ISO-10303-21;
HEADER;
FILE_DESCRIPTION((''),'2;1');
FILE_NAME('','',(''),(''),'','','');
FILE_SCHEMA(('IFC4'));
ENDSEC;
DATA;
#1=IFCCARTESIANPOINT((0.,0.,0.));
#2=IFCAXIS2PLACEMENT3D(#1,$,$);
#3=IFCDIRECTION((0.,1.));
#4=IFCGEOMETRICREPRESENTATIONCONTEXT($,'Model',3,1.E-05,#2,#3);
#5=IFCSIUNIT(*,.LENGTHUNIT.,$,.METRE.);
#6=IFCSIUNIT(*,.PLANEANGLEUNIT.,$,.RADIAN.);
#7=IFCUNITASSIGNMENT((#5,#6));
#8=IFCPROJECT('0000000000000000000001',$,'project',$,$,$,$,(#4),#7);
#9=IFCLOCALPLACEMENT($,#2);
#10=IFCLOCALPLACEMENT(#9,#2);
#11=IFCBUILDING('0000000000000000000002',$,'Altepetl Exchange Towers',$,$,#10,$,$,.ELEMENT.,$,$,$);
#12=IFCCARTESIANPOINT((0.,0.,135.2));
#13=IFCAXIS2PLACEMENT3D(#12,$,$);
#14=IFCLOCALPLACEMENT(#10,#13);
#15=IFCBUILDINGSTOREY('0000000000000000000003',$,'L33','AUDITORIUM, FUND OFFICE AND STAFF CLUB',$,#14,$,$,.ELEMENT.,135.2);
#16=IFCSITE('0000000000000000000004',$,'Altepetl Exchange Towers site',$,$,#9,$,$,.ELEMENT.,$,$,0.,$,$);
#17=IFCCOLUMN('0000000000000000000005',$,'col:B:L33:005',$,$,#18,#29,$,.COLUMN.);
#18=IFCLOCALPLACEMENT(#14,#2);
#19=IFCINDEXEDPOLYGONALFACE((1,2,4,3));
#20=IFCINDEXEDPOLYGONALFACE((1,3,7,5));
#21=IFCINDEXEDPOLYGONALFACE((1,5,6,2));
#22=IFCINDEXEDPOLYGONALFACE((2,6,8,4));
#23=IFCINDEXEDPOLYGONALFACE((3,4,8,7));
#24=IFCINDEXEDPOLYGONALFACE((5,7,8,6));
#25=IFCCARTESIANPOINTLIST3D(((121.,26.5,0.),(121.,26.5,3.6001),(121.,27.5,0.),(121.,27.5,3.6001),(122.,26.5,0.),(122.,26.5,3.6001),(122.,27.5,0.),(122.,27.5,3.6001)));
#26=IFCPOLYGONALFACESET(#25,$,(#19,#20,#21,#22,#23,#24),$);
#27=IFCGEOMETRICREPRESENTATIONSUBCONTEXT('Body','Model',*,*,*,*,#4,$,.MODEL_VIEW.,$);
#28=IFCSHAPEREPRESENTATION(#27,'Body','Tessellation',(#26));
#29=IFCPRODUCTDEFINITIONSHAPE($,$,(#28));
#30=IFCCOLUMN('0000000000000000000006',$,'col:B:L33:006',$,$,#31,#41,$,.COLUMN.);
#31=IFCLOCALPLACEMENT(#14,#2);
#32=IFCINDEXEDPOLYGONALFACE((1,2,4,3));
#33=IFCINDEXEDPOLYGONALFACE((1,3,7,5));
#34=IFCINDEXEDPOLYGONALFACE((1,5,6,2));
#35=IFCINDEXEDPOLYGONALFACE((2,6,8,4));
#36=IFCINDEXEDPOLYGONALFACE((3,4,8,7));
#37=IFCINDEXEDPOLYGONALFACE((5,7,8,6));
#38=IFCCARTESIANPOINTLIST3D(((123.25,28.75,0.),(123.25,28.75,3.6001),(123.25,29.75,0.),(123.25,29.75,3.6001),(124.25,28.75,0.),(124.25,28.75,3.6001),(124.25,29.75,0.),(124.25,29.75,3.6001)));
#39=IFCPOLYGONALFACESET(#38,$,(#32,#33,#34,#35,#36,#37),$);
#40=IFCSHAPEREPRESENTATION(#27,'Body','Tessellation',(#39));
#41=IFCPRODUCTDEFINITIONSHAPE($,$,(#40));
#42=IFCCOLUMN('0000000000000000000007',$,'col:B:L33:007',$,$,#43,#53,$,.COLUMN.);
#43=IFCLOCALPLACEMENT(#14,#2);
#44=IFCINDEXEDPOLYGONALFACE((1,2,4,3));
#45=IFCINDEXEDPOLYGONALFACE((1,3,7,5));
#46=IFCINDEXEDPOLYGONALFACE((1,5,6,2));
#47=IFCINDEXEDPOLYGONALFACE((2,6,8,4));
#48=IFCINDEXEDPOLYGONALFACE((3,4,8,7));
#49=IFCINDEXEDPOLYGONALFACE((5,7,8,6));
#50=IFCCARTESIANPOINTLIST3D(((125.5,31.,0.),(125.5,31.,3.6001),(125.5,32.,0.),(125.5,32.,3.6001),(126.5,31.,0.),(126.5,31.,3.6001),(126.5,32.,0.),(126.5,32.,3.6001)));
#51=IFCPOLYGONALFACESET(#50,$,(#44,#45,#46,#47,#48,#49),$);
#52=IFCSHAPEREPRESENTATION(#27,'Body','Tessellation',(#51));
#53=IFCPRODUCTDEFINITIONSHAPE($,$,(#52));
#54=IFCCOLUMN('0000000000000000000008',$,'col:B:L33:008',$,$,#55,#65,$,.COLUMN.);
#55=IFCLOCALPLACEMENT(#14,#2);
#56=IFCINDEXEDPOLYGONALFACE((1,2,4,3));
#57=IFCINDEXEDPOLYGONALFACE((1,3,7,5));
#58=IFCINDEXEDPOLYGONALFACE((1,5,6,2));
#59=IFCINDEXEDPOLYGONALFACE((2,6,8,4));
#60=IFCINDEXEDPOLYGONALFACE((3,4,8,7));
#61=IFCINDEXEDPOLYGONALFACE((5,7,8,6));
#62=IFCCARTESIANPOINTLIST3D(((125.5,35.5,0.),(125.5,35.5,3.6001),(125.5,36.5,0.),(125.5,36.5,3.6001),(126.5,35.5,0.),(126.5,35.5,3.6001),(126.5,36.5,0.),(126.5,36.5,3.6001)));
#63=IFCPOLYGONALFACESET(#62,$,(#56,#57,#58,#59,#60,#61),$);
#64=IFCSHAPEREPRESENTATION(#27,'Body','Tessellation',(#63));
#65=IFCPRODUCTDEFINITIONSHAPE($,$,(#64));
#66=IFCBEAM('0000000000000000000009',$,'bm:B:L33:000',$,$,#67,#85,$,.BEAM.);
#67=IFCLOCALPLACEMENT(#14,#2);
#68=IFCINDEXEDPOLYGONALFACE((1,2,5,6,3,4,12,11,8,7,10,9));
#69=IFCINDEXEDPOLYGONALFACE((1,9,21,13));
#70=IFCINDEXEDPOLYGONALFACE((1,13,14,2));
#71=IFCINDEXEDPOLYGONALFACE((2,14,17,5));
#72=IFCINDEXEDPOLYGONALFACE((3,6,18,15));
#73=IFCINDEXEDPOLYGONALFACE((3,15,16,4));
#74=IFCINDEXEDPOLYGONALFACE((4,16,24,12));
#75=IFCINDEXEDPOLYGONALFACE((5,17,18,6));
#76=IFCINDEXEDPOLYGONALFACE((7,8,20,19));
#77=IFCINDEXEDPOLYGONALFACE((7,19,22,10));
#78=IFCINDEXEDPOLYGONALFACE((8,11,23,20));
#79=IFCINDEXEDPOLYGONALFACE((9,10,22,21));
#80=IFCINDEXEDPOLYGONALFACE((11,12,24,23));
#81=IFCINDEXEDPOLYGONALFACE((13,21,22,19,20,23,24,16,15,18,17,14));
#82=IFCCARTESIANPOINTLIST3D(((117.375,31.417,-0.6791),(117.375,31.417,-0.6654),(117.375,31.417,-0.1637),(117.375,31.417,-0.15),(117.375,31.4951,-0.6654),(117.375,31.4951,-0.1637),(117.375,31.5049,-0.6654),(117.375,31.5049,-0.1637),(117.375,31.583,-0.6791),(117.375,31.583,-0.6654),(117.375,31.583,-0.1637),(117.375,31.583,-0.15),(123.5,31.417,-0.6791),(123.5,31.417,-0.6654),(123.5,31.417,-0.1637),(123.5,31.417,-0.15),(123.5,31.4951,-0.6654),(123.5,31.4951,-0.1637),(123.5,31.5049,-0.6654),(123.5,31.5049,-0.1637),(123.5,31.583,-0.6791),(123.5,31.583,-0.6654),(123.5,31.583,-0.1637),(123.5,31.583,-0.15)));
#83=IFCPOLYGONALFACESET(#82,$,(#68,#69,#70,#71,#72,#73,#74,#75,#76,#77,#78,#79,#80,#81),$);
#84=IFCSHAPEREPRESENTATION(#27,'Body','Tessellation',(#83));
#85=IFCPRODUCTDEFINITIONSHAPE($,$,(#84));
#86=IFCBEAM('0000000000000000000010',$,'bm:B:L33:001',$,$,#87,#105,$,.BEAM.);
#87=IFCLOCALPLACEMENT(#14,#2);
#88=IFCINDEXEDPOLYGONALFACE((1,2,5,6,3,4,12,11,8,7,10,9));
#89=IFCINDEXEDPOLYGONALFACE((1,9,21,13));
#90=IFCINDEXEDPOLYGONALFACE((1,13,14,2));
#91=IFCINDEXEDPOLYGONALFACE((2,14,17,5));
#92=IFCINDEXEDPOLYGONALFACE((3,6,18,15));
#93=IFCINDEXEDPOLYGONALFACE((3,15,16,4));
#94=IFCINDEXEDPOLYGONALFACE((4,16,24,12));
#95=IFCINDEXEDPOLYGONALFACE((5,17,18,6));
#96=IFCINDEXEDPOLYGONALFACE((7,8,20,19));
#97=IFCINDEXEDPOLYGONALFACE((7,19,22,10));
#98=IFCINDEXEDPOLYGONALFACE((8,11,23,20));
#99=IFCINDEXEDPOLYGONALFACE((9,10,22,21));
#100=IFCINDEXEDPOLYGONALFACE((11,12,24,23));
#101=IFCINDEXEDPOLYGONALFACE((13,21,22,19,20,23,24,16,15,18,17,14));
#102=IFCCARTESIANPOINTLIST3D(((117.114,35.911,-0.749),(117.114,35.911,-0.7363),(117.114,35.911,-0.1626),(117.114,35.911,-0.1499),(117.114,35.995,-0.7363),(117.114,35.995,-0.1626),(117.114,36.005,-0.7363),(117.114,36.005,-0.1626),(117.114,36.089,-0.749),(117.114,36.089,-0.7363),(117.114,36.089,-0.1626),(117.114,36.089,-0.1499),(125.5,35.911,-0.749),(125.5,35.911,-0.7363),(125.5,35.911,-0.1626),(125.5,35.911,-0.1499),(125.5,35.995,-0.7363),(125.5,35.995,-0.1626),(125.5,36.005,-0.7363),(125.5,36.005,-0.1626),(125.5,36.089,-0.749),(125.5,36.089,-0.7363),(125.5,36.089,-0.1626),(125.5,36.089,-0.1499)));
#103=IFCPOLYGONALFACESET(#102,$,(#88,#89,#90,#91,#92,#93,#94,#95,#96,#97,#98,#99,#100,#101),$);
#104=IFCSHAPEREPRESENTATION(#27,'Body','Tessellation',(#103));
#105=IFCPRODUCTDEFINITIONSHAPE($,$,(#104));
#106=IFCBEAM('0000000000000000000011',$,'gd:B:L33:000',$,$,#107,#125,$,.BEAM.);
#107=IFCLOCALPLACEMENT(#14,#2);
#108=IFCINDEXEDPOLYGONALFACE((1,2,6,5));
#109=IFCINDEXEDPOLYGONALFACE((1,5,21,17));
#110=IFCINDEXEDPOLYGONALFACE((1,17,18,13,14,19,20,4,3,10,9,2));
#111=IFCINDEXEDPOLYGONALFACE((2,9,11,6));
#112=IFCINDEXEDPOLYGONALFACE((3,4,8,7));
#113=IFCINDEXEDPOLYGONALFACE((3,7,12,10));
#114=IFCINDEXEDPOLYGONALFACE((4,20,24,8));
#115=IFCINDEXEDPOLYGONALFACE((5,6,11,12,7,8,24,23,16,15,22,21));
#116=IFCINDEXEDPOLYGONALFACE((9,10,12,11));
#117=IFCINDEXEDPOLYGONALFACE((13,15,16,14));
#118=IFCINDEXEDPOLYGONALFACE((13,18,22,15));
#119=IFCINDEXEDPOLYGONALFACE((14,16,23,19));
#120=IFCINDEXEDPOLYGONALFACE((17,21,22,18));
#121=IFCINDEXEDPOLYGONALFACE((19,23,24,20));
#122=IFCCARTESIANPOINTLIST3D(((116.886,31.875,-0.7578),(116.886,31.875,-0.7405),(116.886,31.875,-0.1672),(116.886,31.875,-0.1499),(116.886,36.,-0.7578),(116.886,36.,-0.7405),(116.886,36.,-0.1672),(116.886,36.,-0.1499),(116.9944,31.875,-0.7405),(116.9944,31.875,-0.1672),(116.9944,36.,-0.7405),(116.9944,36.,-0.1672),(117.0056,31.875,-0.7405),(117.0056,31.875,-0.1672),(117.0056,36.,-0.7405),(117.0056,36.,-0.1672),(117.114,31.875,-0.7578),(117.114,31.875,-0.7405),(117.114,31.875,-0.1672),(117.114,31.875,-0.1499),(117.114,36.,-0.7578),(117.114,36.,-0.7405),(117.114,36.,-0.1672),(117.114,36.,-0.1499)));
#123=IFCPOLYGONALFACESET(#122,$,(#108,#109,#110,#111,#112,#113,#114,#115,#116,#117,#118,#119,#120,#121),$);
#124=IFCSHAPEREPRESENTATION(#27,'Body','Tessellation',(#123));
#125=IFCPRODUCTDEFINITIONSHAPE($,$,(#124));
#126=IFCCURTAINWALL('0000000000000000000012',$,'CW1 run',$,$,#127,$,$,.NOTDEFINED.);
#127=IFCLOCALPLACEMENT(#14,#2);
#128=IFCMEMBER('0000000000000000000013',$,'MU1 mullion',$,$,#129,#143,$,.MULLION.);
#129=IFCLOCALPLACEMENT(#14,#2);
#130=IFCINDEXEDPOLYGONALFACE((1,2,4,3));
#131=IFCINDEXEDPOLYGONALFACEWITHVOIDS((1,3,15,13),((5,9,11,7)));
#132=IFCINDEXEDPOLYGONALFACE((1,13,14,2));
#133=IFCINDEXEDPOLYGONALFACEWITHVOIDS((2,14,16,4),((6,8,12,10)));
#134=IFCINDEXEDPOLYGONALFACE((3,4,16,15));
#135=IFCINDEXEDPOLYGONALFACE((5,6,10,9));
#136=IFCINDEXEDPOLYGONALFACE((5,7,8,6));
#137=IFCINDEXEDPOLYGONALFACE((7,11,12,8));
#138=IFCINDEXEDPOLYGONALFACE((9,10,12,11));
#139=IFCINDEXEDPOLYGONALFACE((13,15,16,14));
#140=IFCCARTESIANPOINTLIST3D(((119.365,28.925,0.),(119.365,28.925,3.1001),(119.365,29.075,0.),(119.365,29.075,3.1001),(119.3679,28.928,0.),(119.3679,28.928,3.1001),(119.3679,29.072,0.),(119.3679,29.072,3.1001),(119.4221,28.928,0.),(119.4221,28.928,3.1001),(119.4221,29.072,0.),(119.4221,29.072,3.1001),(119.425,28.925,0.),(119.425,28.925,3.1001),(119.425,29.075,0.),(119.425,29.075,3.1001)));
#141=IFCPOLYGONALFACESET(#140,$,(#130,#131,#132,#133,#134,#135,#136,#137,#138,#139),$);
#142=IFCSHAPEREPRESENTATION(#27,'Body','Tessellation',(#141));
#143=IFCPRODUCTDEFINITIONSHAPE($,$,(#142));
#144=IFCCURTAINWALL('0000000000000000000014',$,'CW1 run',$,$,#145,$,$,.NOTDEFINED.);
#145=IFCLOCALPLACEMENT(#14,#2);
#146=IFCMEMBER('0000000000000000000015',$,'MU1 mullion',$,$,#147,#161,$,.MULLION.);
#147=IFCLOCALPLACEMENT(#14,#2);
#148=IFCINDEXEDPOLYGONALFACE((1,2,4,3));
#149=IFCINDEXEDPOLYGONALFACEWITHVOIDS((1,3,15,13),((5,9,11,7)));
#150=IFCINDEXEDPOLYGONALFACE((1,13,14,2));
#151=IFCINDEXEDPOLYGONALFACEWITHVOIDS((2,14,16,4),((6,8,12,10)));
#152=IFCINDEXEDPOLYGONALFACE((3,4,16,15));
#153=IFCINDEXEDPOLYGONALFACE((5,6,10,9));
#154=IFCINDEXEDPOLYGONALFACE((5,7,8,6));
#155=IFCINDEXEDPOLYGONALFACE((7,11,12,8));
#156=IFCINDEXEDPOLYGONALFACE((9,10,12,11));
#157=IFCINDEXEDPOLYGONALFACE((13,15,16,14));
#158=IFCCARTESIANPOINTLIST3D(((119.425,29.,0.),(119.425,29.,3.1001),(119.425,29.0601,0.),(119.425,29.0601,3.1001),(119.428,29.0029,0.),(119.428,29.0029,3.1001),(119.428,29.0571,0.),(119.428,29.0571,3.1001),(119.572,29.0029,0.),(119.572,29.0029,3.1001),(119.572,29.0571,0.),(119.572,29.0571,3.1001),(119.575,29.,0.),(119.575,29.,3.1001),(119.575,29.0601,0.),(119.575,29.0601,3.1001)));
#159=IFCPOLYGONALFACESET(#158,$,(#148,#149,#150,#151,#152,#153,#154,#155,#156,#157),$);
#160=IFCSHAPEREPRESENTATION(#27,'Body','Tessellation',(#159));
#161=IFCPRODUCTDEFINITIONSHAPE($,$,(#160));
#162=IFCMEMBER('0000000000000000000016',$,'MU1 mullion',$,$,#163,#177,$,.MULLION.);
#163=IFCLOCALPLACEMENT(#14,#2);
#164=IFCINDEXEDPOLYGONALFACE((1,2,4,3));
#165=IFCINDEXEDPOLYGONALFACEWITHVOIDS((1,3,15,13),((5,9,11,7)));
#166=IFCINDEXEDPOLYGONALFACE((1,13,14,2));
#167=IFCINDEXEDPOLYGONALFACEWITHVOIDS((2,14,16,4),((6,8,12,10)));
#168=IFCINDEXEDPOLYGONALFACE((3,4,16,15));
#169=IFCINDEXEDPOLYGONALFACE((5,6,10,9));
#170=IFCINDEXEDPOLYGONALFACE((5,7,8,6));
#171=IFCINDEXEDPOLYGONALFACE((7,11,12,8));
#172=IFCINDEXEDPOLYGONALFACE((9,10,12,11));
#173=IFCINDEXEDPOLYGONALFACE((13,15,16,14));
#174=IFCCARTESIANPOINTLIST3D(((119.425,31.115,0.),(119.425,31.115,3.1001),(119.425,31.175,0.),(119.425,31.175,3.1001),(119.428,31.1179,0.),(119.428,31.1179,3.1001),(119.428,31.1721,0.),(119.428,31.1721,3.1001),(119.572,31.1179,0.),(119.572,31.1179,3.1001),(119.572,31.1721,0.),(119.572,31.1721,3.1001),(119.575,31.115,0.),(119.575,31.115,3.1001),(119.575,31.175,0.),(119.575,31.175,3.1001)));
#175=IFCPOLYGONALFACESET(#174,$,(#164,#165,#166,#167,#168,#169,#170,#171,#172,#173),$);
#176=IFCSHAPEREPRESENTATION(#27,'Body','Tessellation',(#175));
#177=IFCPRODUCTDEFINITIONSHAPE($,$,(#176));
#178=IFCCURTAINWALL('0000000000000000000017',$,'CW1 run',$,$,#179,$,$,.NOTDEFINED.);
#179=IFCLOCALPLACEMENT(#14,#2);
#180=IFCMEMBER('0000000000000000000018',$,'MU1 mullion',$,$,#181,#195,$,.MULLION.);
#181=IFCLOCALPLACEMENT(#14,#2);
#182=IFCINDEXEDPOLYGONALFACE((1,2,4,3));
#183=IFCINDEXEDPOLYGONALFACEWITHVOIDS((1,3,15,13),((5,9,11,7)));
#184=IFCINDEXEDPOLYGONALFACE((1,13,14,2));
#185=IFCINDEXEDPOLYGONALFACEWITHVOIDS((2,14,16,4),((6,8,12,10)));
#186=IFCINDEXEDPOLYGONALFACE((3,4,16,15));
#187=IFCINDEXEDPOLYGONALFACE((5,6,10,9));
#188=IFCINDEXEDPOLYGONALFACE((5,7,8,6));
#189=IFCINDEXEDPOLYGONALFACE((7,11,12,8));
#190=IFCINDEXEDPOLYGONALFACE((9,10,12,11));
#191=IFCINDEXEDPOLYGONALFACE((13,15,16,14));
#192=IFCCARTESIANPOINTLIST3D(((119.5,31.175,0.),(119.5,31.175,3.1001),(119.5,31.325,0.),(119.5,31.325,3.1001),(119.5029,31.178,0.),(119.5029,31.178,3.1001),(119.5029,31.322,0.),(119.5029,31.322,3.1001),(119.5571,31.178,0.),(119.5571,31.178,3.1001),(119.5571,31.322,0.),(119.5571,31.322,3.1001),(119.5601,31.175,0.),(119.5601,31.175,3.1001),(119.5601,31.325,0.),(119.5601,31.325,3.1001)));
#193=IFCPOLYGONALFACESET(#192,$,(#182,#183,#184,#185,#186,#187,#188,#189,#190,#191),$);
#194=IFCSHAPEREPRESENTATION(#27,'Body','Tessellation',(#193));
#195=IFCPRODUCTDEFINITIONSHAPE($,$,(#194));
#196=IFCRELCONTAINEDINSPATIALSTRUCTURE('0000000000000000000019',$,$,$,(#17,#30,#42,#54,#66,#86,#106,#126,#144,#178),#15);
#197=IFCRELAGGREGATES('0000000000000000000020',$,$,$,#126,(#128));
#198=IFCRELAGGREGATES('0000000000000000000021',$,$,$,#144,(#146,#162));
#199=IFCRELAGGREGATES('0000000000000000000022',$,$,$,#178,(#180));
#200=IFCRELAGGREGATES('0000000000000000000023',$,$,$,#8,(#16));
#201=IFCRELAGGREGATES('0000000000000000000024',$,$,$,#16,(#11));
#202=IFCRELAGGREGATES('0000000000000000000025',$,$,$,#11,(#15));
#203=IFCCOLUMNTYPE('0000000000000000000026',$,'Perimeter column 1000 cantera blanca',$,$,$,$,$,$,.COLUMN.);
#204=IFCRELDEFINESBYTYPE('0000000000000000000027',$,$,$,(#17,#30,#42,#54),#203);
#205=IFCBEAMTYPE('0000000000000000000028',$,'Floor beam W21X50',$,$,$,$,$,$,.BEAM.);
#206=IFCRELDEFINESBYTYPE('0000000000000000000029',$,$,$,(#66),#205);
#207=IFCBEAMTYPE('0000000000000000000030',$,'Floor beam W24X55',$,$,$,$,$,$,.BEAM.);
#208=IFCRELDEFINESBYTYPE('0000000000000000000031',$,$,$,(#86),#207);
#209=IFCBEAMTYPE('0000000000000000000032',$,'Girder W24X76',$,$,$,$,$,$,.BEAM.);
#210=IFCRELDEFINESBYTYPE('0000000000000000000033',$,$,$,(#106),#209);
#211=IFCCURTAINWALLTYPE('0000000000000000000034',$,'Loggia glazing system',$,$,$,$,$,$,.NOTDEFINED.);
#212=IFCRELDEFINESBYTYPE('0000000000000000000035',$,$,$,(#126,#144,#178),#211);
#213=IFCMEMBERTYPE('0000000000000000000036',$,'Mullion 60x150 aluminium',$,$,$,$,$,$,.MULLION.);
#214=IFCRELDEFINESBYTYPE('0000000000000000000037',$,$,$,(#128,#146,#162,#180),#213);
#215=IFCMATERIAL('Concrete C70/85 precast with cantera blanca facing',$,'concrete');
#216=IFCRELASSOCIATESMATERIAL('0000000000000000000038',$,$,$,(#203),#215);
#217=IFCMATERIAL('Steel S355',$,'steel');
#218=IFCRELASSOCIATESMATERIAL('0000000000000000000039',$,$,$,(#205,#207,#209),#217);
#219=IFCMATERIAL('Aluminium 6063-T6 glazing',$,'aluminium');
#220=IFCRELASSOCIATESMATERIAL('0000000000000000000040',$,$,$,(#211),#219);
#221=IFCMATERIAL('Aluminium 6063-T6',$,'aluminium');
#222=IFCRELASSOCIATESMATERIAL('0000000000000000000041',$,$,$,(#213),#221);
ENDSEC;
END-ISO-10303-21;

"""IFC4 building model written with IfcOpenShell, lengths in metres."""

from ifc_helpers import new_model, si_unit, direction, frame, origin, origin_2d, place, context, subcontext, project, spatial, rectangle, hollow_rectangle, i_section, extrude, material, material_profile, profile_set, type_object, element, aggregate, save


model = new_model("IFC4")

# Units and contexts
model_context = context("Model", 3, precision=1e-05, world=origin(), true_north=direction((0.0, 1.0)))
body_context = subcontext(model_context, "Body", "Model", "MODEL_VIEW")
ifc_project = project(units=[si_unit("LENGTHUNIT", "METRE"), si_unit("PLANEANGLEUNIT", "RADIAN")], contexts=[model_context])

# Site, building, storey
site_placement = place(None, origin())
site = spatial("IfcSite", under=ifc_project, at=site_placement, Name="Altepetl Exchange Towers site", CompositionType="ELEMENT", RefElevation=0.0)
building_placement = place(site_placement, origin())
building = spatial("IfcBuilding", under=site, at=building_placement, Name="Altepetl Exchange Towers", CompositionType="ELEMENT")
storey_placement = place(building_placement, frame((0.0, 0.0, 135.2)))
storey = spatial("IfcBuildingStorey", under=building, at=storey_placement, Name="L33", Description="AUDITORIUM, FUND OFFICE AND STAFF CLUB", CompositionType="ELEMENT", Elevation=135.2)

# Columns
ifc_material_1 = material(Name="Concrete C70/85 precast with cantera blanca facing", Category="concrete")
ifc_material_profile_1 = material_profile(ifc_material_1, rectangle(XDim=1.0, YDim=1.0, at=origin_2d()), Name="1000 x 1000")
ifc_profile_set_1 = profile_set([ifc_material_profile_1], Name="Concrete C70/85 precast with cantera blanca facing")
column_type = type_object("IfcColumnType", Name="Perimeter column 1000 cantera blanca", PredefinedType="COLUMN", material=ifc_profile_set_1)
for number, where, name in (
    (1, (121.5, 27.0, 0.0), "col:B:L33:005"),
    (2, (123.75, 29.25, 0.0), "col:B:L33:006"),
    (3, (126.0, 31.5, 0.0), "col:B:L33:007"),
    (4, (126.0, 36.0, 0.0), "col:B:L33:008"),
):
    element("IfcColumn", number, at=place(storey_placement, frame(where)), inside=storey, type_object=column_type, Name=name, PredefinedType="COLUMN", context=body_context, shape_type="SweptSolid", body=[
        extrude(rectangle(XDim=1.0, YDim=1.0, at=origin_2d()), origin(), (0.0, 0.0, 1.0), 3.6001),
    ])

# Beams
ifc_material_2 = material(Name="Steel S355", Category="steel")
ifc_material_profile_2 = material_profile(ifc_material_2, i_section(OverallWidth=0.166, OverallDepth=0.5291, WebThickness=0.0098, FlangeThickness=0.0137, at=origin_2d()), Name="W21X50")
ifc_profile_set_2 = profile_set([ifc_material_profile_2], Name="Steel S355")
beam_type_1 = type_object("IfcBeamType", Name="Floor beam W21X50", PredefinedType="BEAM", material=ifc_profile_set_2)
beam_1_placement = place(storey_placement, frame((117.375, 31.5, -0.4146), z_axis=(1.0, 0.0, 0.0), x_axis=(0.0, 1.0, 0.0)))
element("IfcBeam", 5, at=beam_1_placement, inside=storey, type_object=beam_type_1, Name="bm:B:L33:000", PredefinedType="BEAM", context=body_context, shape_type="SweptSolid", body=[
    extrude(i_section(OverallWidth=0.166, OverallDepth=0.5291, WebThickness=0.0098, FlangeThickness=0.0137, at=origin_2d()), origin(), (0.0, 0.0, 1.0), 6.125),
])
ifc_material_profile_3 = material_profile(ifc_material_2, i_section(OverallWidth=0.178, OverallDepth=0.5991, WebThickness=0.01, FlangeThickness=0.0127, at=origin_2d()), Name="W24X55")
ifc_profile_set_3 = profile_set([ifc_material_profile_3], Name="Steel S355")
beam_type_2 = type_object("IfcBeamType", Name="Floor beam W24X55", PredefinedType="BEAM", material=ifc_profile_set_3)
beam_2_placement = place(storey_placement, frame((117.114, 36.0, -0.4495), z_axis=(1.0, 0.0, 0.0), x_axis=(0.0, 1.0, 0.0)))
element("IfcBeam", 6, at=beam_2_placement, inside=storey, type_object=beam_type_2, Name="bm:B:L33:001", PredefinedType="BEAM", context=body_context, shape_type="SweptSolid", body=[
    extrude(i_section(OverallWidth=0.178, OverallDepth=0.5991, WebThickness=0.01, FlangeThickness=0.0127, at=origin_2d()), origin(), (0.0, 0.0, 1.0), 8.386),
])
ifc_material_profile_4 = material_profile(ifc_material_2, i_section(OverallWidth=0.228, OverallDepth=0.6079, WebThickness=0.0112, FlangeThickness=0.0173, at=origin_2d()), Name="W24X76")
ifc_profile_set_4 = profile_set([ifc_material_profile_4], Name="Steel S355")
beam_type_3 = type_object("IfcBeamType", Name="Girder W24X76", PredefinedType="BEAM", material=ifc_profile_set_4)
beam_3_placement = place(storey_placement, frame((117.0, 36.0, -0.4539), z_axis=(0.0, -1.0, 0.0), x_axis=(1.0, 0.0, 0.0)))
element("IfcBeam", 7, at=beam_3_placement, inside=storey, type_object=beam_type_3, Name="gd:B:L33:000", PredefinedType="BEAM", context=body_context, shape_type="SweptSolid", body=[
    extrude(i_section(OverallWidth=0.228, OverallDepth=0.6079, WebThickness=0.0112, FlangeThickness=0.0173, at=origin_2d()), origin(), (0.0, 0.0, 1.0), 4.125),
])

# Curtain wall, member
ifc_material_3 = material(Name="Aluminium 6063-T6 glazing", Category="aluminium")
curtain_wall_type = type_object("IfcCurtainWallType", Name="Loggia glazing system", PredefinedType="NOTDEFINED", material=ifc_material_3)
curtain_wall_1_placement = place(storey_placement, origin())
curtain_wall_1 = element("IfcCurtainWall", 8, at=curtain_wall_1_placement, inside=storey, type_object=curtain_wall_type, Name="CW1 run", PredefinedType="NOTDEFINED")
ifc_material_4 = material(Name="Aluminium 6063-T6", Category="aluminium")
ifc_material_profile_5 = material_profile(ifc_material_4, hollow_rectangle(XDim=0.0601, YDim=0.1499, WallThickness=0.0029, at=origin_2d()), Name="Mullion 60x150 aluminium")
ifc_profile_set_5 = profile_set([ifc_material_profile_5], Name="Aluminium 6063-T6")
member_type = type_object("IfcMemberType", Name="Mullion 60x150 aluminium", PredefinedType="MULLION", material=ifc_profile_set_5)
member_1_placement = place(storey_placement, frame((119.395, 29.0, 0.0)))
member_1 = element("IfcMember", 9, at=member_1_placement, type_object=member_type, Name="MU1 mullion", PredefinedType="MULLION", context=body_context, shape_type="SweptSolid", body=[
    extrude(hollow_rectangle(XDim=0.0601, YDim=0.1499, WallThickness=0.0029, at=origin_2d()), origin(), (0.0, 0.0, 1.0), 3.1001),
])

# Curtain walls, members
curtain_wall_2_placement = place(storey_placement, origin())
curtain_wall_2 = element("IfcCurtainWall", 10, at=curtain_wall_2_placement, inside=storey, type_object=curtain_wall_type, Name="CW1 run", PredefinedType="NOTDEFINED")
member_2_placement = place(storey_placement, frame((119.5, 29.03, 0.0), z_axis=(0.0, 0.0, 1.0), x_axis=(0.0, 1.0, 0.0)))
member_2 = element("IfcMember", 11, at=member_2_placement, type_object=member_type, Name="MU1 mullion", PredefinedType="MULLION", context=body_context, shape_type="SweptSolid", body=[
    extrude(hollow_rectangle(XDim=0.0601, YDim=0.1499, WallThickness=0.0029, at=origin_2d()), origin(), (0.0, 0.0, 1.0), 3.1001),
])
member_3_placement = place(storey_placement, frame((119.5, 31.145, 0.0), z_axis=(0.0, 0.0, 1.0), x_axis=(0.0, 1.0, 0.0)))
member_3 = element("IfcMember", 12, at=member_3_placement, type_object=member_type, Name="MU1 mullion", PredefinedType="MULLION", context=body_context, shape_type="SweptSolid", body=[
    extrude(hollow_rectangle(XDim=0.0601, YDim=0.1499, WallThickness=0.0029, at=origin_2d()), origin(), (0.0, 0.0, 1.0), 3.1001),
])
curtain_wall_3_placement = place(storey_placement, origin())
curtain_wall_3 = element("IfcCurtainWall", 13, at=curtain_wall_3_placement, inside=storey, type_object=curtain_wall_type, Name="CW1 run", PredefinedType="NOTDEFINED")
member_4_placement = place(storey_placement, frame((119.53, 31.25, 0.0)))
member_4 = element("IfcMember", 14, at=member_4_placement, type_object=member_type, Name="MU1 mullion", PredefinedType="MULLION", context=body_context, shape_type="SweptSolid", body=[
    extrude(hollow_rectangle(XDim=0.0601, YDim=0.1499, WallThickness=0.0029, at=origin_2d()), origin(), (0.0, 0.0, 1.0), 3.1001),
])

aggregate(curtain_wall_1, [member_1])
aggregate(curtain_wall_2, [member_2, member_3])
aggregate(curtain_wall_3, [member_4])

save(model, "model.ifc")
